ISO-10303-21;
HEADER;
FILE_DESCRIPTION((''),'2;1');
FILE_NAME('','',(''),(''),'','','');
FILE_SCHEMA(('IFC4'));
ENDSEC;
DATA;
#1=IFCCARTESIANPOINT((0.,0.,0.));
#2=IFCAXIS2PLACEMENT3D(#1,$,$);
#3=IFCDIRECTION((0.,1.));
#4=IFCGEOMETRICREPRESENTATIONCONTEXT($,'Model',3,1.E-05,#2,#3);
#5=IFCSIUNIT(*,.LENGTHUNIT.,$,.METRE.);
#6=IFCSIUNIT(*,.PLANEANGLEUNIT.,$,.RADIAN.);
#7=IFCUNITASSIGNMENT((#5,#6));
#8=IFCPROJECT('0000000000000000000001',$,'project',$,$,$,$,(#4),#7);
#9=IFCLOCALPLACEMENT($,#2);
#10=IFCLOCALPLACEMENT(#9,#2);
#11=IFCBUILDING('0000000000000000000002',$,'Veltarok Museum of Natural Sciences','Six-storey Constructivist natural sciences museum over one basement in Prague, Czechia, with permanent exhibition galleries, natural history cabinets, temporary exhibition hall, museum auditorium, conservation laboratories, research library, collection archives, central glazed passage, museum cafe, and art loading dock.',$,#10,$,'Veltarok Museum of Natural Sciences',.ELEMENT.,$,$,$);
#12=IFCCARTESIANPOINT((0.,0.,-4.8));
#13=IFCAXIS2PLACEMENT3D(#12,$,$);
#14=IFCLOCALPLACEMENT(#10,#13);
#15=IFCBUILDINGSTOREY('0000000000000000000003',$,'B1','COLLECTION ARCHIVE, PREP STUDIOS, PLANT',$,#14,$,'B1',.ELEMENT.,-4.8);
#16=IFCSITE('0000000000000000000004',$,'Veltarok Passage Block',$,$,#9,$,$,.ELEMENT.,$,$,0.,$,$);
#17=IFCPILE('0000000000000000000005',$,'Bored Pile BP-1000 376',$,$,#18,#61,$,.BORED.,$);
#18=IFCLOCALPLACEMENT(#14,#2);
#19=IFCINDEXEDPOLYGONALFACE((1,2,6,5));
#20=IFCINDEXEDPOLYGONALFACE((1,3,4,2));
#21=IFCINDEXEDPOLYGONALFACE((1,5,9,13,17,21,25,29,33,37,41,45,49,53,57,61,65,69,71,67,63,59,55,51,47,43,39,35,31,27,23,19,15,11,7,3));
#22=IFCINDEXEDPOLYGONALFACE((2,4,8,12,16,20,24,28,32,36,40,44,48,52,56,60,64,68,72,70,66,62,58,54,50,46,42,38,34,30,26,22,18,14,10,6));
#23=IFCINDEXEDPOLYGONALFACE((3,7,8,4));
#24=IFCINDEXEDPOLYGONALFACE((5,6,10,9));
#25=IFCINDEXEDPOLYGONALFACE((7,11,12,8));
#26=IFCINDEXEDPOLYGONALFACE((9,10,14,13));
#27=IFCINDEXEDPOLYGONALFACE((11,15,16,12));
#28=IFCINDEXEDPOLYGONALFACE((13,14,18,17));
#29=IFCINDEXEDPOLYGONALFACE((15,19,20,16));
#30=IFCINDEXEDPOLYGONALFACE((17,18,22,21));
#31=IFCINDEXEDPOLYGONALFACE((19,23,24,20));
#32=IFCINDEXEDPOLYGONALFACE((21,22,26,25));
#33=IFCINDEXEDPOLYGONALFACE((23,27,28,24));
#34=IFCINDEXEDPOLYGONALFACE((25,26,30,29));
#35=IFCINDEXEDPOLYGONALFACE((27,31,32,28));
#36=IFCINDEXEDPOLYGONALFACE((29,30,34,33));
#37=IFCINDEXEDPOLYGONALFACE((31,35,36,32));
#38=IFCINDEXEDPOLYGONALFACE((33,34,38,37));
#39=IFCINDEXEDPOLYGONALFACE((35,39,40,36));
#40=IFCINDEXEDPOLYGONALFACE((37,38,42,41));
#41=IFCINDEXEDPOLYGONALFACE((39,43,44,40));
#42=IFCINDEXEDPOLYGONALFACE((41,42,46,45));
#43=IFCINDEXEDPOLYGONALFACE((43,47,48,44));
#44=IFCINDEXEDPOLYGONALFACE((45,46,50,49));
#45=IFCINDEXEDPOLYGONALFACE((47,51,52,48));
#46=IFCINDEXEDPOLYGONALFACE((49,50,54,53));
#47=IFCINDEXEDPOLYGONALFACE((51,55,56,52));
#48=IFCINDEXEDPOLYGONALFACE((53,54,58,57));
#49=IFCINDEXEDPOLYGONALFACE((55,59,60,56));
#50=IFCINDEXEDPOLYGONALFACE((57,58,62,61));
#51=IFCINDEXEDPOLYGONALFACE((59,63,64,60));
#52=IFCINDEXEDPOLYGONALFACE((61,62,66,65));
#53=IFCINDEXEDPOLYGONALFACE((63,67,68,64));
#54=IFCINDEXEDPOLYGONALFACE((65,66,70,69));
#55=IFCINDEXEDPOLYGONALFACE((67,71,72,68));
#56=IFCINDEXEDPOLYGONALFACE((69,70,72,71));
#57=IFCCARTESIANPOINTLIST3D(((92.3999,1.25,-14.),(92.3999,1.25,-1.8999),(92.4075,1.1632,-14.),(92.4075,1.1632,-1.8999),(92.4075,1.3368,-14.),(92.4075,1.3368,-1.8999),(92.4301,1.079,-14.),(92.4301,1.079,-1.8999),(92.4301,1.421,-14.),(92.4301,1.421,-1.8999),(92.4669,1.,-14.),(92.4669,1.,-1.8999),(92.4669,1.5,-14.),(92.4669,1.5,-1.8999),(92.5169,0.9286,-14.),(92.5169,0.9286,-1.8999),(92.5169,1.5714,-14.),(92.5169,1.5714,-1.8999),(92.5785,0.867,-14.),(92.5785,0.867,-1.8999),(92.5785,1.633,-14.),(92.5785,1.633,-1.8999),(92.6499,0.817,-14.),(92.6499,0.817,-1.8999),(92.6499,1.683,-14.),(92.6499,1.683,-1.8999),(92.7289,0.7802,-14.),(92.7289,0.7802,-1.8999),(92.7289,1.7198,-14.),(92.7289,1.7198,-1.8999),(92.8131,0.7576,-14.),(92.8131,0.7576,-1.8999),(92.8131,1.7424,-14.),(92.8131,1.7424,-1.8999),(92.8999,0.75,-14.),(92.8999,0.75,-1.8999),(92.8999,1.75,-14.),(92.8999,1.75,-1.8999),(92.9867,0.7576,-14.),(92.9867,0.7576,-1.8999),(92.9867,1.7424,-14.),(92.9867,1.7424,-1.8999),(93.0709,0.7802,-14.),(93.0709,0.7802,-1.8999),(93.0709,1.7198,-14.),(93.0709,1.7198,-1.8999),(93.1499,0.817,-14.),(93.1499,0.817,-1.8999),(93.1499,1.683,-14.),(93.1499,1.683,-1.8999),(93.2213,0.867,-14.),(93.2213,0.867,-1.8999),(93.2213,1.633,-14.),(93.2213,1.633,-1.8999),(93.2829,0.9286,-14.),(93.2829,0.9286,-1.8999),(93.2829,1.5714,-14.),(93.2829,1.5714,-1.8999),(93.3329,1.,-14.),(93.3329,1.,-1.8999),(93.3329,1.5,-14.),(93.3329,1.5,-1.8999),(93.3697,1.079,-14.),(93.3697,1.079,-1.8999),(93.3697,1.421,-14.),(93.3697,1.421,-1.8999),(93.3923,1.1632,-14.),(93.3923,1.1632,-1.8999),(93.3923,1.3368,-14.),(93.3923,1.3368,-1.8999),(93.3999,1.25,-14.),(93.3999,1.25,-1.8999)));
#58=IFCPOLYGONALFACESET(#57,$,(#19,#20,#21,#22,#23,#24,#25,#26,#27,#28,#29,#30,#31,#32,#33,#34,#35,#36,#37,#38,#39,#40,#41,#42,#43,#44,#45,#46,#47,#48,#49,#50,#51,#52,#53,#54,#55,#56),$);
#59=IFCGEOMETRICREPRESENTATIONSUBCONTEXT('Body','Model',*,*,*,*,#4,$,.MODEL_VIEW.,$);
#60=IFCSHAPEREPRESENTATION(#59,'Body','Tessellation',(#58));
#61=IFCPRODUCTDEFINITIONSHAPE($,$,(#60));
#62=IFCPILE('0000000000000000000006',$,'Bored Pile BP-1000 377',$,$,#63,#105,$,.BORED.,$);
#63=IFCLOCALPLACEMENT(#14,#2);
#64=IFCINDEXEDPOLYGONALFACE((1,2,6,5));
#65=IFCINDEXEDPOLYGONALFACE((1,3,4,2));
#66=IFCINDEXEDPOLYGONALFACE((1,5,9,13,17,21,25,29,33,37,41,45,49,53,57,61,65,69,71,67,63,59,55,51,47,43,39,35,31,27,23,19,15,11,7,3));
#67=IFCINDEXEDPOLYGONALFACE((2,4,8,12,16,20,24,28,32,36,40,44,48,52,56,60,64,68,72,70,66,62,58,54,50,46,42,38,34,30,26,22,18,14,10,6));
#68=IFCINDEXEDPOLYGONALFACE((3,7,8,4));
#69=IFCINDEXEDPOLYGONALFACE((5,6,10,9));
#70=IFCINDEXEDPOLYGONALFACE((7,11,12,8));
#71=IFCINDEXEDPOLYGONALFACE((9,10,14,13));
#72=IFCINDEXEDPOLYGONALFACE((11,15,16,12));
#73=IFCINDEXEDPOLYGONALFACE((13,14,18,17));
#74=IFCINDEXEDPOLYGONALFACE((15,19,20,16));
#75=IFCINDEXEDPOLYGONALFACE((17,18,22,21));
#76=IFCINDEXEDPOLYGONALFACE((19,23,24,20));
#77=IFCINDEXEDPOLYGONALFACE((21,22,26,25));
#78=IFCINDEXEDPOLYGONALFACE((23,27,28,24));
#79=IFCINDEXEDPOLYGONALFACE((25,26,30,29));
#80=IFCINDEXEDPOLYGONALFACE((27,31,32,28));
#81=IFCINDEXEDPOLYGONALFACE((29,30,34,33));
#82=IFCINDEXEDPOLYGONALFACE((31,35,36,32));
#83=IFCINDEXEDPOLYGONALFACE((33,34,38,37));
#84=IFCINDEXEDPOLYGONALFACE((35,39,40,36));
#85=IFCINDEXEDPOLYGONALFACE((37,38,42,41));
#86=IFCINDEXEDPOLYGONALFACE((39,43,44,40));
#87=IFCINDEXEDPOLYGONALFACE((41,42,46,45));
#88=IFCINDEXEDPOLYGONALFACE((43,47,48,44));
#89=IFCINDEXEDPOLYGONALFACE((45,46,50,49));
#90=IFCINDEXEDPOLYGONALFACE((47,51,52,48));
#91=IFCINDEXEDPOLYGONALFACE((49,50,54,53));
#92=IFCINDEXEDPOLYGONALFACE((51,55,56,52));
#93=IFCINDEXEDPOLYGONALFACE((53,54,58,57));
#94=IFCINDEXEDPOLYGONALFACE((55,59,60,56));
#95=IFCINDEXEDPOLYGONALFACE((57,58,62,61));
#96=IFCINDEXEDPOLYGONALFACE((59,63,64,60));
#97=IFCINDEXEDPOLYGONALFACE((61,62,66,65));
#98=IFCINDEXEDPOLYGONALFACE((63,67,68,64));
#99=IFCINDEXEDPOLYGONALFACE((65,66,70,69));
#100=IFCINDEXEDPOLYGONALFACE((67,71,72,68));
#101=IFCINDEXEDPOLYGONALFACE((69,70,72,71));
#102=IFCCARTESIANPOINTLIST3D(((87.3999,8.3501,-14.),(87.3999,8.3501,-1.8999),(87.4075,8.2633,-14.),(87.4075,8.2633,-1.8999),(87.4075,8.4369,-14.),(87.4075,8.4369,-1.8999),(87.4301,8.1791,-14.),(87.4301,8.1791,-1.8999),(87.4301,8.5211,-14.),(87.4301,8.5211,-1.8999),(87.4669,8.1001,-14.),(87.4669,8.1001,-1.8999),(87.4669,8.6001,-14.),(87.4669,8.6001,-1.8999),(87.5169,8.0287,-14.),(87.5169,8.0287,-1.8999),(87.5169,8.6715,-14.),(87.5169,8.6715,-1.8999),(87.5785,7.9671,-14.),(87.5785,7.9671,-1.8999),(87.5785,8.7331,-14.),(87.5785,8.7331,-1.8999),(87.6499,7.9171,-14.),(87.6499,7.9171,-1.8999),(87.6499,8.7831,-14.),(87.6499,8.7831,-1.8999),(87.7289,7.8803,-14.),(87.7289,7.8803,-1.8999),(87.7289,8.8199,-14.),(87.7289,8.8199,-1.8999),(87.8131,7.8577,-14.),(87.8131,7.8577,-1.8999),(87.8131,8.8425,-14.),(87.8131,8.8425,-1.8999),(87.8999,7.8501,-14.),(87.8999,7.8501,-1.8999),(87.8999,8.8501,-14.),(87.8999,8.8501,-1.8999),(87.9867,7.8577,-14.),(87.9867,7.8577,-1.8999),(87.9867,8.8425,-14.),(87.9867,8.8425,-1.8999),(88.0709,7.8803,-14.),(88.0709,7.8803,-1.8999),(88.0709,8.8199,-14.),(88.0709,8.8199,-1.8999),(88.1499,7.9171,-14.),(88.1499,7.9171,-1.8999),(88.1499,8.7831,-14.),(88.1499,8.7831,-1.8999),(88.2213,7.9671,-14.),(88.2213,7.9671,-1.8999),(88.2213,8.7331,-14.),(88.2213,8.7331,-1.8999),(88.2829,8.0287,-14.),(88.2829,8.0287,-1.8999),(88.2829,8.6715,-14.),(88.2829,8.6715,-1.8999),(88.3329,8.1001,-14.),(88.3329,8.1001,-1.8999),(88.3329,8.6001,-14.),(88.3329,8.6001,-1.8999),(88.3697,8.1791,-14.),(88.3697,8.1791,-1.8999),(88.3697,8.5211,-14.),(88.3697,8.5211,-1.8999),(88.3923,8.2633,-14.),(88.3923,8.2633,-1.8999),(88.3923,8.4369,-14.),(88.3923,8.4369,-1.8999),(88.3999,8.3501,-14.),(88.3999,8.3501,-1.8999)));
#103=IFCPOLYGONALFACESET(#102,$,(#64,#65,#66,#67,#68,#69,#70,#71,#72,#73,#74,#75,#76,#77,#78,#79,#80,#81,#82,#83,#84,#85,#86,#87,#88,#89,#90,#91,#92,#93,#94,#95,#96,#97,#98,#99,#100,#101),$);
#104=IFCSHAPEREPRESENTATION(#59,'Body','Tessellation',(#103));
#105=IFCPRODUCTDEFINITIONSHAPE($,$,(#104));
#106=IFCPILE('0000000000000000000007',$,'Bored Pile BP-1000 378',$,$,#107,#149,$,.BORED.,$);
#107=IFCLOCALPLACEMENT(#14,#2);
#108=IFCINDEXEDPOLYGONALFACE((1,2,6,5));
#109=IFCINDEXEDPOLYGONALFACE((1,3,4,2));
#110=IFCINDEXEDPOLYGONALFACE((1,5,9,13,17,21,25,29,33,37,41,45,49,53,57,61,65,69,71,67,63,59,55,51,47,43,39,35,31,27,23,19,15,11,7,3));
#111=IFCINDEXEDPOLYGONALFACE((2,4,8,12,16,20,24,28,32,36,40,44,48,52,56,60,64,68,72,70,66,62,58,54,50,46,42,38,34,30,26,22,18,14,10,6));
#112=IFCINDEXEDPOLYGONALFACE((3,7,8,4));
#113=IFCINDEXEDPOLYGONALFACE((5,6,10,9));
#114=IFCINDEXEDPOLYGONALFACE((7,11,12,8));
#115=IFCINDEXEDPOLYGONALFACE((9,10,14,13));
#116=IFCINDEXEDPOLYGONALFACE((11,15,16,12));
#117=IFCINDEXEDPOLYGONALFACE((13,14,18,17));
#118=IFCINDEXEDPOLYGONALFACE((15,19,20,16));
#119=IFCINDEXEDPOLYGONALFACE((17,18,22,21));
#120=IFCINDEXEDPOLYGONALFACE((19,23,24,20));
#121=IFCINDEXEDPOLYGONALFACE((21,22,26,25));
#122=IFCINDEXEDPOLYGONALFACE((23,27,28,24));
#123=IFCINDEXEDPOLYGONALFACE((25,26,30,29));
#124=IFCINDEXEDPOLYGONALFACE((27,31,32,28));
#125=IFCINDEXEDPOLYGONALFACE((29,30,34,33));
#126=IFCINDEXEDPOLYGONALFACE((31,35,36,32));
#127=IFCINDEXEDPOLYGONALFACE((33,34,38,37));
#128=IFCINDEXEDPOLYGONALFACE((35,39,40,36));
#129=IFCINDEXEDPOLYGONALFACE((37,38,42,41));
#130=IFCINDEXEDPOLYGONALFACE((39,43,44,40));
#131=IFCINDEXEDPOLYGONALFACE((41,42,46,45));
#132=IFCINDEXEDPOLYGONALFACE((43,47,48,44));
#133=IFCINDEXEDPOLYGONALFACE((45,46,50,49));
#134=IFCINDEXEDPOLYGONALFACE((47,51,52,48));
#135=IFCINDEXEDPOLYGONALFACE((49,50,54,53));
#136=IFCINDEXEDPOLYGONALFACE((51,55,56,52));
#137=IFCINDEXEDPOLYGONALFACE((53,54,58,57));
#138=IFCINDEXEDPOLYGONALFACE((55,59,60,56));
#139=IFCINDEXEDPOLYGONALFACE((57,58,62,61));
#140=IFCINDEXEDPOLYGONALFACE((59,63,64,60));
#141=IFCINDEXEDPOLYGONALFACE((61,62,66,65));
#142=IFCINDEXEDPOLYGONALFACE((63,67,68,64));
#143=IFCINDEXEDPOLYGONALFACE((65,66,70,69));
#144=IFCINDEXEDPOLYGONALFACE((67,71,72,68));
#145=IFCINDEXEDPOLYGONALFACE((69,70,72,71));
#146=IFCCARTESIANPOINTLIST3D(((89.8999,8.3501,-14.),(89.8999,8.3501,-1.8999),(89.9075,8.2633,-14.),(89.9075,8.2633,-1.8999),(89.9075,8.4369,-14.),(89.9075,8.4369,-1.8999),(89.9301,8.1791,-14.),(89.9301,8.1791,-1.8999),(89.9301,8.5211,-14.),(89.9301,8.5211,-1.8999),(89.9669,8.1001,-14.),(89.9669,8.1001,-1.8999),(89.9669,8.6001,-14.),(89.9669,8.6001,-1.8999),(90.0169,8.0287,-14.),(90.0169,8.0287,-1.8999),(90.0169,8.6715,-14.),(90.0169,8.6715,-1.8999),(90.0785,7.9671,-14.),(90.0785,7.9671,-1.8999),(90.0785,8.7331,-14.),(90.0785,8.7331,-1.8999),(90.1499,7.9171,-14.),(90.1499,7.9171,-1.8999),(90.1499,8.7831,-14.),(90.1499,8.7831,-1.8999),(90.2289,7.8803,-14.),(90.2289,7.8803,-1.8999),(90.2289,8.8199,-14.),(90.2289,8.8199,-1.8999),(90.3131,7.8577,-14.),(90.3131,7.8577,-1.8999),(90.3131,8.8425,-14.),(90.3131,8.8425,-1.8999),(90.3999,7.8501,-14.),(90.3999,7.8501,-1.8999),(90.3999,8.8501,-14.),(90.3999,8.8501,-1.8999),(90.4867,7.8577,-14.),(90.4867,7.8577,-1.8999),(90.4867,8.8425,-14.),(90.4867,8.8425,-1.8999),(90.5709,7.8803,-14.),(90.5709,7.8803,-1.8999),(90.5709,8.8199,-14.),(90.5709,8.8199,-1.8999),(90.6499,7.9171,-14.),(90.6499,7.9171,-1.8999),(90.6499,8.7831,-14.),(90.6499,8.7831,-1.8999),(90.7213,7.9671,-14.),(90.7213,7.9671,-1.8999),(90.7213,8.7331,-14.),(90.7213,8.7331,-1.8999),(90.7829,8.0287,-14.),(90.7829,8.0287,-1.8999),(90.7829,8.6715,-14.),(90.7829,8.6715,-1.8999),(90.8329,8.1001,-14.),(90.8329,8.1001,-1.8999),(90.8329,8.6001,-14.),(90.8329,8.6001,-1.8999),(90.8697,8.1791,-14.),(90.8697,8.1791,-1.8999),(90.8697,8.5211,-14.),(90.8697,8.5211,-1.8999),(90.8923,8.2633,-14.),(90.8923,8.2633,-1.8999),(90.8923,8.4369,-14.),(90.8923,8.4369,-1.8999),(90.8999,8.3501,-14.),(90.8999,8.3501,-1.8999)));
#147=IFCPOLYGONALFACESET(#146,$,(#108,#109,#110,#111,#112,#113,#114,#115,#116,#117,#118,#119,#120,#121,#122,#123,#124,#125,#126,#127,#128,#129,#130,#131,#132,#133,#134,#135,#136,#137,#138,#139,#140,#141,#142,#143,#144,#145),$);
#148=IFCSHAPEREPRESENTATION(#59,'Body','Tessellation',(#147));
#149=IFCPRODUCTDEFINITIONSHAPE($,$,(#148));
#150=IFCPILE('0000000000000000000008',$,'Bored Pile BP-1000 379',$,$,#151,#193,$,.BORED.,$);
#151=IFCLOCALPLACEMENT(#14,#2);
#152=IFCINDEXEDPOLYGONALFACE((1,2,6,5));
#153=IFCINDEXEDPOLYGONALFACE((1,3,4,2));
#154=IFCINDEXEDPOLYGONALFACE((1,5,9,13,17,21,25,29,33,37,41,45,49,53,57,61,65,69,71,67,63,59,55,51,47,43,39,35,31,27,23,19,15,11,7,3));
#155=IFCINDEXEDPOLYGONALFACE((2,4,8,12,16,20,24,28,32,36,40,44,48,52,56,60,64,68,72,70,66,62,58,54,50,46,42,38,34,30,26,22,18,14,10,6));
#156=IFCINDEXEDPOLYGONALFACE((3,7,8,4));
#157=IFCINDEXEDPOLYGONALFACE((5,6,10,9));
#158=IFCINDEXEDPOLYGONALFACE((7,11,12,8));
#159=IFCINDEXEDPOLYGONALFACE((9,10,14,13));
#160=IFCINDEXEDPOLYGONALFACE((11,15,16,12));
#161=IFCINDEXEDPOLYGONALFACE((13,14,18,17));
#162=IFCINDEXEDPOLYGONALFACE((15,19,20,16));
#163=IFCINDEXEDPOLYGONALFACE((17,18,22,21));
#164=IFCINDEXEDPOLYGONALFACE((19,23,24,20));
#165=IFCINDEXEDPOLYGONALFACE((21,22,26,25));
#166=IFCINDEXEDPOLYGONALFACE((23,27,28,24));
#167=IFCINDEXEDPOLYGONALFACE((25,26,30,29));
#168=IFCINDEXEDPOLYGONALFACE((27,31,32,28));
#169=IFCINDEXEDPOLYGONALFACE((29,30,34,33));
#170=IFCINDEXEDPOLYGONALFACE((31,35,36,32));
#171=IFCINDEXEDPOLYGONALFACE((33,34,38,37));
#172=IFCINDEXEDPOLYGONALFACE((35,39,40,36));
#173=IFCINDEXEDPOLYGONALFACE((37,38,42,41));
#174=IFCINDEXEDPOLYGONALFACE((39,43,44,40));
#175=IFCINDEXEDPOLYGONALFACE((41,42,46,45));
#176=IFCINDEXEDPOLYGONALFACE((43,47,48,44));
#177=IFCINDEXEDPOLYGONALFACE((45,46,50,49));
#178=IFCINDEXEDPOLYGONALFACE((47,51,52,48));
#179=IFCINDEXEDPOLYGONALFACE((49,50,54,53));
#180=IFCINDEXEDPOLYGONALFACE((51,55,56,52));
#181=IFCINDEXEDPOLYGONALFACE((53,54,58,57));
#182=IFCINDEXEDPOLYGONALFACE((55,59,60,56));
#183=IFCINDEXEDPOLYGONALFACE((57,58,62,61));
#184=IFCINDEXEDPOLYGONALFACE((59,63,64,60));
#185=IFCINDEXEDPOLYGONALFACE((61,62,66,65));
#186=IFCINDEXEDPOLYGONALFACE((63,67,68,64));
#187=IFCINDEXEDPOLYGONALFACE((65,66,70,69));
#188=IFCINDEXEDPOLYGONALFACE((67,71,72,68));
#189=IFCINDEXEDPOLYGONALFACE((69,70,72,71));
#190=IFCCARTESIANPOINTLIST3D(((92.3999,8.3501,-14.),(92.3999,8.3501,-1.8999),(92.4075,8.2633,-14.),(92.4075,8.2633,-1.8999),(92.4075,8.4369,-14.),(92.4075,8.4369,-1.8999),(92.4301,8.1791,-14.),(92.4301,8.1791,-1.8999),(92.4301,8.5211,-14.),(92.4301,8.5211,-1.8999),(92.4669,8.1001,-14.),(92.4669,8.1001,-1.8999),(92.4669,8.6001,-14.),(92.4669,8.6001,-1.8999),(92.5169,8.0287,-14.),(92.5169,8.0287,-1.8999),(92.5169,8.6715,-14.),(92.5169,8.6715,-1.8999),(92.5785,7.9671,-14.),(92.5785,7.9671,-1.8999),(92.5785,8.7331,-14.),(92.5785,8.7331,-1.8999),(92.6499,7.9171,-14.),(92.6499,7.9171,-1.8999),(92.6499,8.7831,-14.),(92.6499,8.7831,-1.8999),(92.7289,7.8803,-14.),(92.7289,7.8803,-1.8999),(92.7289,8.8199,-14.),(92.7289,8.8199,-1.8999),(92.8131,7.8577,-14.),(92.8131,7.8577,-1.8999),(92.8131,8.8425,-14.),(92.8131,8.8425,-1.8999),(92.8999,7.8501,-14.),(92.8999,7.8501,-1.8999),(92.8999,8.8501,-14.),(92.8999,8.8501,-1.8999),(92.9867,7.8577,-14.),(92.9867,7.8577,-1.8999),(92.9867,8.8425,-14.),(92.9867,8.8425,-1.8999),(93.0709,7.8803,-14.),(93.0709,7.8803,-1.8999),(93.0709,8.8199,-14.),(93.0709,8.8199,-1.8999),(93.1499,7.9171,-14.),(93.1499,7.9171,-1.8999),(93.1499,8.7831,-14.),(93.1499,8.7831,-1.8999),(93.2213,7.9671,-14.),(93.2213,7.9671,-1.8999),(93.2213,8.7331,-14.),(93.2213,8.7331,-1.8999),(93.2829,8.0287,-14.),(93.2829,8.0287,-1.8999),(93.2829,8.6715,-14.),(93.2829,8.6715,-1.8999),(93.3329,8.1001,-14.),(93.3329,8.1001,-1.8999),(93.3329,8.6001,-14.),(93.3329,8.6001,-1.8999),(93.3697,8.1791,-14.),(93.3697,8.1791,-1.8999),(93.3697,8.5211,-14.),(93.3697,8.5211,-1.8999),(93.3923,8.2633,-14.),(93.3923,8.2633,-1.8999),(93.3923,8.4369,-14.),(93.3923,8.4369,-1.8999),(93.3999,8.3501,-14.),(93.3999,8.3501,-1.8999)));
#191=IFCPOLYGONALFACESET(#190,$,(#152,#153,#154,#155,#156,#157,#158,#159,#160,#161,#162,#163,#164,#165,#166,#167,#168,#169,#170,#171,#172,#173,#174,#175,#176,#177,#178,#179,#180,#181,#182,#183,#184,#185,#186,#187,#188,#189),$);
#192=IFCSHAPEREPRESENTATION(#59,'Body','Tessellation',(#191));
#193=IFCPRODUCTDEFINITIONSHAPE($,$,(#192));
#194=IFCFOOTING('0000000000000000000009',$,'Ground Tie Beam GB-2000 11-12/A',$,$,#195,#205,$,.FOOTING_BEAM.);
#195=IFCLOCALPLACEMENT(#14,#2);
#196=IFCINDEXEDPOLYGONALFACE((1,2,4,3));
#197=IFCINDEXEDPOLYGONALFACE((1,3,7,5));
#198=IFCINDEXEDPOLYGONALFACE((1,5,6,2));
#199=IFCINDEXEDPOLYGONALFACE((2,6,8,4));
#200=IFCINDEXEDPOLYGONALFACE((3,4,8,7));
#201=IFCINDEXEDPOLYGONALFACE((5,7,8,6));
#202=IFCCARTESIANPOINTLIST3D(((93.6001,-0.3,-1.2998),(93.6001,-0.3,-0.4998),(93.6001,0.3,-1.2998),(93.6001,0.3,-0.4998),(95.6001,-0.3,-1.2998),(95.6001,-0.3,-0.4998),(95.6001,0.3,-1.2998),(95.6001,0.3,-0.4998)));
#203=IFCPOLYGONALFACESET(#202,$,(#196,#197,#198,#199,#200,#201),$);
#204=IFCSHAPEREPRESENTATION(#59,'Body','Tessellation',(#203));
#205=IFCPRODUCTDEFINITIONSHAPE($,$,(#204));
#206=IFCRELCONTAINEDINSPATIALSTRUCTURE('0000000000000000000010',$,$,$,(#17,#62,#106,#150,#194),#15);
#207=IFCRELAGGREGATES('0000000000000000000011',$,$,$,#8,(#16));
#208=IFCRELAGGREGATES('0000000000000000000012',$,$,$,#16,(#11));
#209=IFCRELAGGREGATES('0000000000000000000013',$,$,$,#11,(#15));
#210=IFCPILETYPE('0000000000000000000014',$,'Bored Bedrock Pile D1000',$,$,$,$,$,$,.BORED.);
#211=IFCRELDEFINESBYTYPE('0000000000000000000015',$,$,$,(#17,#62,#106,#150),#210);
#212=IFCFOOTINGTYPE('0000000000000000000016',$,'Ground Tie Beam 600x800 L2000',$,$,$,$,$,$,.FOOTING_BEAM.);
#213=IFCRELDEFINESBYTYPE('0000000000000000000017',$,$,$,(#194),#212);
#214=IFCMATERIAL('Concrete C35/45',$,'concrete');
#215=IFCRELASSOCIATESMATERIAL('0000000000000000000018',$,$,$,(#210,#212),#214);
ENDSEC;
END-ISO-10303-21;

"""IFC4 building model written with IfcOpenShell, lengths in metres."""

from ifc_helpers import new_model, si_unit, direction, frame, origin, origin_2d, place, context, subcontext, project, spatial, rectangle, circle, extrude, material, material_profile, profile_set, type_object, element, save


model = new_model("IFC4")

# Units and contexts
model_context = context("Model", 3, precision=1e-05, world=origin(), true_north=direction((0.0, 1.0)))
body_context = subcontext(model_context, "Body", "Model", "MODEL_VIEW")
ifc_project = project(units=[si_unit("LENGTHUNIT", "METRE"), si_unit("PLANEANGLEUNIT", "RADIAN")], contexts=[model_context])

# Site, building, storey
site_placement = place(None, origin())
site = spatial("IfcSite", under=ifc_project, at=site_placement, Name="Veltarok Passage Block", CompositionType="ELEMENT", RefElevation=0.0)
building_placement = place(site_placement, origin())
building = spatial("IfcBuilding", under=site, at=building_placement, Name="Veltarok Museum of Natural Sciences", Description="Six-storey Constructivist natural sciences museum over one basement in Prague, Czechia, with permanent exhibition galleries, natural history cabinets, temporary exhibition hall, museum auditorium, conservation laboratories, research library, collection archives, central glazed passage, museum cafe, and art loading dock.", LongName="Veltarok Museum of Natural Sciences", CompositionType="ELEMENT")
storey_placement = place(building_placement, frame((0.0, 0.0, -4.8)))
storey = spatial("IfcBuildingStorey", under=building, at=storey_placement, Name="B1", Description="COLLECTION ARCHIVE, PREP STUDIOS, PLANT", LongName="B1", CompositionType="ELEMENT", Elevation=-4.8)

# Piles
ifc_material_1 = material(Name="Concrete C35/45", Category="concrete")
ifc_material_profile_1 = material_profile(ifc_material_1, circle(Radius=0.5, at=origin_2d()), Name="BP D1000")
ifc_profile_set_1 = profile_set([ifc_material_profile_1], Name="Concrete C35/45")
pile_type = type_object("IfcPileType", Name="Bored Bedrock Pile D1000", PredefinedType="BORED", material=ifc_profile_set_1)
for number, where, z_axis, x_axis, name in (
    (1, (92.8999, 1.25, -1.8999), (0.0, 0.0, -1.0), (1.0, 0.0, 0.0), "Bored Pile BP-1000 376"),
    (2, (87.8999, 8.3501, -1.8999), (0.0, 0.0, -1.0), (1.0, 0.0, 0.0), "Bored Pile BP-1000 377"),
    (3, (90.3999, 8.3501, -1.8999), (0.0, 0.0, -1.0), (1.0, 0.0, 0.0), "Bored Pile BP-1000 378"),
    (4, (92.8999, 8.3501, -1.8999), (0.0, 0.0, -1.0), (1.0, 0.0, 0.0), "Bored Pile BP-1000 379"),
):
    element("IfcPile", number, at=place(storey_placement, frame(where, z_axis=z_axis, x_axis=x_axis)), inside=storey, type_object=pile_type, Name=name, PredefinedType="BORED", context=body_context, shape_type="SweptSolid", body=[
        extrude(circle(Radius=0.5, at=origin_2d()), origin(), (0.0, 0.0, 1.0), 12.1001),
    ])

# Footing
footing_type_1 = type_object("IfcFootingType", Name="Ground Tie Beam 600x800 L2000", PredefinedType="FOOTING_BEAM", material=ifc_material_1)
footing_1_placement = place(storey_placement, frame((94.6001, 0.0, -1.2998), z_axis=(0.0, 0.0, 1.0), x_axis=(1.0, 0.0, 0.0)))
element("IfcFooting", 5, at=footing_1_placement, inside=storey, type_object=footing_type_1, Name="Ground Tie Beam GB-2000 11-12/A", PredefinedType="FOOTING_BEAM", context=body_context, shape_type="SweptSolid", body=[
    extrude(rectangle(XDim=2.0, YDim=0.6001, at=origin_2d()), origin(), (0.0, 0.0, 1.0), 0.8),
])

save(model, "model.ifc")
